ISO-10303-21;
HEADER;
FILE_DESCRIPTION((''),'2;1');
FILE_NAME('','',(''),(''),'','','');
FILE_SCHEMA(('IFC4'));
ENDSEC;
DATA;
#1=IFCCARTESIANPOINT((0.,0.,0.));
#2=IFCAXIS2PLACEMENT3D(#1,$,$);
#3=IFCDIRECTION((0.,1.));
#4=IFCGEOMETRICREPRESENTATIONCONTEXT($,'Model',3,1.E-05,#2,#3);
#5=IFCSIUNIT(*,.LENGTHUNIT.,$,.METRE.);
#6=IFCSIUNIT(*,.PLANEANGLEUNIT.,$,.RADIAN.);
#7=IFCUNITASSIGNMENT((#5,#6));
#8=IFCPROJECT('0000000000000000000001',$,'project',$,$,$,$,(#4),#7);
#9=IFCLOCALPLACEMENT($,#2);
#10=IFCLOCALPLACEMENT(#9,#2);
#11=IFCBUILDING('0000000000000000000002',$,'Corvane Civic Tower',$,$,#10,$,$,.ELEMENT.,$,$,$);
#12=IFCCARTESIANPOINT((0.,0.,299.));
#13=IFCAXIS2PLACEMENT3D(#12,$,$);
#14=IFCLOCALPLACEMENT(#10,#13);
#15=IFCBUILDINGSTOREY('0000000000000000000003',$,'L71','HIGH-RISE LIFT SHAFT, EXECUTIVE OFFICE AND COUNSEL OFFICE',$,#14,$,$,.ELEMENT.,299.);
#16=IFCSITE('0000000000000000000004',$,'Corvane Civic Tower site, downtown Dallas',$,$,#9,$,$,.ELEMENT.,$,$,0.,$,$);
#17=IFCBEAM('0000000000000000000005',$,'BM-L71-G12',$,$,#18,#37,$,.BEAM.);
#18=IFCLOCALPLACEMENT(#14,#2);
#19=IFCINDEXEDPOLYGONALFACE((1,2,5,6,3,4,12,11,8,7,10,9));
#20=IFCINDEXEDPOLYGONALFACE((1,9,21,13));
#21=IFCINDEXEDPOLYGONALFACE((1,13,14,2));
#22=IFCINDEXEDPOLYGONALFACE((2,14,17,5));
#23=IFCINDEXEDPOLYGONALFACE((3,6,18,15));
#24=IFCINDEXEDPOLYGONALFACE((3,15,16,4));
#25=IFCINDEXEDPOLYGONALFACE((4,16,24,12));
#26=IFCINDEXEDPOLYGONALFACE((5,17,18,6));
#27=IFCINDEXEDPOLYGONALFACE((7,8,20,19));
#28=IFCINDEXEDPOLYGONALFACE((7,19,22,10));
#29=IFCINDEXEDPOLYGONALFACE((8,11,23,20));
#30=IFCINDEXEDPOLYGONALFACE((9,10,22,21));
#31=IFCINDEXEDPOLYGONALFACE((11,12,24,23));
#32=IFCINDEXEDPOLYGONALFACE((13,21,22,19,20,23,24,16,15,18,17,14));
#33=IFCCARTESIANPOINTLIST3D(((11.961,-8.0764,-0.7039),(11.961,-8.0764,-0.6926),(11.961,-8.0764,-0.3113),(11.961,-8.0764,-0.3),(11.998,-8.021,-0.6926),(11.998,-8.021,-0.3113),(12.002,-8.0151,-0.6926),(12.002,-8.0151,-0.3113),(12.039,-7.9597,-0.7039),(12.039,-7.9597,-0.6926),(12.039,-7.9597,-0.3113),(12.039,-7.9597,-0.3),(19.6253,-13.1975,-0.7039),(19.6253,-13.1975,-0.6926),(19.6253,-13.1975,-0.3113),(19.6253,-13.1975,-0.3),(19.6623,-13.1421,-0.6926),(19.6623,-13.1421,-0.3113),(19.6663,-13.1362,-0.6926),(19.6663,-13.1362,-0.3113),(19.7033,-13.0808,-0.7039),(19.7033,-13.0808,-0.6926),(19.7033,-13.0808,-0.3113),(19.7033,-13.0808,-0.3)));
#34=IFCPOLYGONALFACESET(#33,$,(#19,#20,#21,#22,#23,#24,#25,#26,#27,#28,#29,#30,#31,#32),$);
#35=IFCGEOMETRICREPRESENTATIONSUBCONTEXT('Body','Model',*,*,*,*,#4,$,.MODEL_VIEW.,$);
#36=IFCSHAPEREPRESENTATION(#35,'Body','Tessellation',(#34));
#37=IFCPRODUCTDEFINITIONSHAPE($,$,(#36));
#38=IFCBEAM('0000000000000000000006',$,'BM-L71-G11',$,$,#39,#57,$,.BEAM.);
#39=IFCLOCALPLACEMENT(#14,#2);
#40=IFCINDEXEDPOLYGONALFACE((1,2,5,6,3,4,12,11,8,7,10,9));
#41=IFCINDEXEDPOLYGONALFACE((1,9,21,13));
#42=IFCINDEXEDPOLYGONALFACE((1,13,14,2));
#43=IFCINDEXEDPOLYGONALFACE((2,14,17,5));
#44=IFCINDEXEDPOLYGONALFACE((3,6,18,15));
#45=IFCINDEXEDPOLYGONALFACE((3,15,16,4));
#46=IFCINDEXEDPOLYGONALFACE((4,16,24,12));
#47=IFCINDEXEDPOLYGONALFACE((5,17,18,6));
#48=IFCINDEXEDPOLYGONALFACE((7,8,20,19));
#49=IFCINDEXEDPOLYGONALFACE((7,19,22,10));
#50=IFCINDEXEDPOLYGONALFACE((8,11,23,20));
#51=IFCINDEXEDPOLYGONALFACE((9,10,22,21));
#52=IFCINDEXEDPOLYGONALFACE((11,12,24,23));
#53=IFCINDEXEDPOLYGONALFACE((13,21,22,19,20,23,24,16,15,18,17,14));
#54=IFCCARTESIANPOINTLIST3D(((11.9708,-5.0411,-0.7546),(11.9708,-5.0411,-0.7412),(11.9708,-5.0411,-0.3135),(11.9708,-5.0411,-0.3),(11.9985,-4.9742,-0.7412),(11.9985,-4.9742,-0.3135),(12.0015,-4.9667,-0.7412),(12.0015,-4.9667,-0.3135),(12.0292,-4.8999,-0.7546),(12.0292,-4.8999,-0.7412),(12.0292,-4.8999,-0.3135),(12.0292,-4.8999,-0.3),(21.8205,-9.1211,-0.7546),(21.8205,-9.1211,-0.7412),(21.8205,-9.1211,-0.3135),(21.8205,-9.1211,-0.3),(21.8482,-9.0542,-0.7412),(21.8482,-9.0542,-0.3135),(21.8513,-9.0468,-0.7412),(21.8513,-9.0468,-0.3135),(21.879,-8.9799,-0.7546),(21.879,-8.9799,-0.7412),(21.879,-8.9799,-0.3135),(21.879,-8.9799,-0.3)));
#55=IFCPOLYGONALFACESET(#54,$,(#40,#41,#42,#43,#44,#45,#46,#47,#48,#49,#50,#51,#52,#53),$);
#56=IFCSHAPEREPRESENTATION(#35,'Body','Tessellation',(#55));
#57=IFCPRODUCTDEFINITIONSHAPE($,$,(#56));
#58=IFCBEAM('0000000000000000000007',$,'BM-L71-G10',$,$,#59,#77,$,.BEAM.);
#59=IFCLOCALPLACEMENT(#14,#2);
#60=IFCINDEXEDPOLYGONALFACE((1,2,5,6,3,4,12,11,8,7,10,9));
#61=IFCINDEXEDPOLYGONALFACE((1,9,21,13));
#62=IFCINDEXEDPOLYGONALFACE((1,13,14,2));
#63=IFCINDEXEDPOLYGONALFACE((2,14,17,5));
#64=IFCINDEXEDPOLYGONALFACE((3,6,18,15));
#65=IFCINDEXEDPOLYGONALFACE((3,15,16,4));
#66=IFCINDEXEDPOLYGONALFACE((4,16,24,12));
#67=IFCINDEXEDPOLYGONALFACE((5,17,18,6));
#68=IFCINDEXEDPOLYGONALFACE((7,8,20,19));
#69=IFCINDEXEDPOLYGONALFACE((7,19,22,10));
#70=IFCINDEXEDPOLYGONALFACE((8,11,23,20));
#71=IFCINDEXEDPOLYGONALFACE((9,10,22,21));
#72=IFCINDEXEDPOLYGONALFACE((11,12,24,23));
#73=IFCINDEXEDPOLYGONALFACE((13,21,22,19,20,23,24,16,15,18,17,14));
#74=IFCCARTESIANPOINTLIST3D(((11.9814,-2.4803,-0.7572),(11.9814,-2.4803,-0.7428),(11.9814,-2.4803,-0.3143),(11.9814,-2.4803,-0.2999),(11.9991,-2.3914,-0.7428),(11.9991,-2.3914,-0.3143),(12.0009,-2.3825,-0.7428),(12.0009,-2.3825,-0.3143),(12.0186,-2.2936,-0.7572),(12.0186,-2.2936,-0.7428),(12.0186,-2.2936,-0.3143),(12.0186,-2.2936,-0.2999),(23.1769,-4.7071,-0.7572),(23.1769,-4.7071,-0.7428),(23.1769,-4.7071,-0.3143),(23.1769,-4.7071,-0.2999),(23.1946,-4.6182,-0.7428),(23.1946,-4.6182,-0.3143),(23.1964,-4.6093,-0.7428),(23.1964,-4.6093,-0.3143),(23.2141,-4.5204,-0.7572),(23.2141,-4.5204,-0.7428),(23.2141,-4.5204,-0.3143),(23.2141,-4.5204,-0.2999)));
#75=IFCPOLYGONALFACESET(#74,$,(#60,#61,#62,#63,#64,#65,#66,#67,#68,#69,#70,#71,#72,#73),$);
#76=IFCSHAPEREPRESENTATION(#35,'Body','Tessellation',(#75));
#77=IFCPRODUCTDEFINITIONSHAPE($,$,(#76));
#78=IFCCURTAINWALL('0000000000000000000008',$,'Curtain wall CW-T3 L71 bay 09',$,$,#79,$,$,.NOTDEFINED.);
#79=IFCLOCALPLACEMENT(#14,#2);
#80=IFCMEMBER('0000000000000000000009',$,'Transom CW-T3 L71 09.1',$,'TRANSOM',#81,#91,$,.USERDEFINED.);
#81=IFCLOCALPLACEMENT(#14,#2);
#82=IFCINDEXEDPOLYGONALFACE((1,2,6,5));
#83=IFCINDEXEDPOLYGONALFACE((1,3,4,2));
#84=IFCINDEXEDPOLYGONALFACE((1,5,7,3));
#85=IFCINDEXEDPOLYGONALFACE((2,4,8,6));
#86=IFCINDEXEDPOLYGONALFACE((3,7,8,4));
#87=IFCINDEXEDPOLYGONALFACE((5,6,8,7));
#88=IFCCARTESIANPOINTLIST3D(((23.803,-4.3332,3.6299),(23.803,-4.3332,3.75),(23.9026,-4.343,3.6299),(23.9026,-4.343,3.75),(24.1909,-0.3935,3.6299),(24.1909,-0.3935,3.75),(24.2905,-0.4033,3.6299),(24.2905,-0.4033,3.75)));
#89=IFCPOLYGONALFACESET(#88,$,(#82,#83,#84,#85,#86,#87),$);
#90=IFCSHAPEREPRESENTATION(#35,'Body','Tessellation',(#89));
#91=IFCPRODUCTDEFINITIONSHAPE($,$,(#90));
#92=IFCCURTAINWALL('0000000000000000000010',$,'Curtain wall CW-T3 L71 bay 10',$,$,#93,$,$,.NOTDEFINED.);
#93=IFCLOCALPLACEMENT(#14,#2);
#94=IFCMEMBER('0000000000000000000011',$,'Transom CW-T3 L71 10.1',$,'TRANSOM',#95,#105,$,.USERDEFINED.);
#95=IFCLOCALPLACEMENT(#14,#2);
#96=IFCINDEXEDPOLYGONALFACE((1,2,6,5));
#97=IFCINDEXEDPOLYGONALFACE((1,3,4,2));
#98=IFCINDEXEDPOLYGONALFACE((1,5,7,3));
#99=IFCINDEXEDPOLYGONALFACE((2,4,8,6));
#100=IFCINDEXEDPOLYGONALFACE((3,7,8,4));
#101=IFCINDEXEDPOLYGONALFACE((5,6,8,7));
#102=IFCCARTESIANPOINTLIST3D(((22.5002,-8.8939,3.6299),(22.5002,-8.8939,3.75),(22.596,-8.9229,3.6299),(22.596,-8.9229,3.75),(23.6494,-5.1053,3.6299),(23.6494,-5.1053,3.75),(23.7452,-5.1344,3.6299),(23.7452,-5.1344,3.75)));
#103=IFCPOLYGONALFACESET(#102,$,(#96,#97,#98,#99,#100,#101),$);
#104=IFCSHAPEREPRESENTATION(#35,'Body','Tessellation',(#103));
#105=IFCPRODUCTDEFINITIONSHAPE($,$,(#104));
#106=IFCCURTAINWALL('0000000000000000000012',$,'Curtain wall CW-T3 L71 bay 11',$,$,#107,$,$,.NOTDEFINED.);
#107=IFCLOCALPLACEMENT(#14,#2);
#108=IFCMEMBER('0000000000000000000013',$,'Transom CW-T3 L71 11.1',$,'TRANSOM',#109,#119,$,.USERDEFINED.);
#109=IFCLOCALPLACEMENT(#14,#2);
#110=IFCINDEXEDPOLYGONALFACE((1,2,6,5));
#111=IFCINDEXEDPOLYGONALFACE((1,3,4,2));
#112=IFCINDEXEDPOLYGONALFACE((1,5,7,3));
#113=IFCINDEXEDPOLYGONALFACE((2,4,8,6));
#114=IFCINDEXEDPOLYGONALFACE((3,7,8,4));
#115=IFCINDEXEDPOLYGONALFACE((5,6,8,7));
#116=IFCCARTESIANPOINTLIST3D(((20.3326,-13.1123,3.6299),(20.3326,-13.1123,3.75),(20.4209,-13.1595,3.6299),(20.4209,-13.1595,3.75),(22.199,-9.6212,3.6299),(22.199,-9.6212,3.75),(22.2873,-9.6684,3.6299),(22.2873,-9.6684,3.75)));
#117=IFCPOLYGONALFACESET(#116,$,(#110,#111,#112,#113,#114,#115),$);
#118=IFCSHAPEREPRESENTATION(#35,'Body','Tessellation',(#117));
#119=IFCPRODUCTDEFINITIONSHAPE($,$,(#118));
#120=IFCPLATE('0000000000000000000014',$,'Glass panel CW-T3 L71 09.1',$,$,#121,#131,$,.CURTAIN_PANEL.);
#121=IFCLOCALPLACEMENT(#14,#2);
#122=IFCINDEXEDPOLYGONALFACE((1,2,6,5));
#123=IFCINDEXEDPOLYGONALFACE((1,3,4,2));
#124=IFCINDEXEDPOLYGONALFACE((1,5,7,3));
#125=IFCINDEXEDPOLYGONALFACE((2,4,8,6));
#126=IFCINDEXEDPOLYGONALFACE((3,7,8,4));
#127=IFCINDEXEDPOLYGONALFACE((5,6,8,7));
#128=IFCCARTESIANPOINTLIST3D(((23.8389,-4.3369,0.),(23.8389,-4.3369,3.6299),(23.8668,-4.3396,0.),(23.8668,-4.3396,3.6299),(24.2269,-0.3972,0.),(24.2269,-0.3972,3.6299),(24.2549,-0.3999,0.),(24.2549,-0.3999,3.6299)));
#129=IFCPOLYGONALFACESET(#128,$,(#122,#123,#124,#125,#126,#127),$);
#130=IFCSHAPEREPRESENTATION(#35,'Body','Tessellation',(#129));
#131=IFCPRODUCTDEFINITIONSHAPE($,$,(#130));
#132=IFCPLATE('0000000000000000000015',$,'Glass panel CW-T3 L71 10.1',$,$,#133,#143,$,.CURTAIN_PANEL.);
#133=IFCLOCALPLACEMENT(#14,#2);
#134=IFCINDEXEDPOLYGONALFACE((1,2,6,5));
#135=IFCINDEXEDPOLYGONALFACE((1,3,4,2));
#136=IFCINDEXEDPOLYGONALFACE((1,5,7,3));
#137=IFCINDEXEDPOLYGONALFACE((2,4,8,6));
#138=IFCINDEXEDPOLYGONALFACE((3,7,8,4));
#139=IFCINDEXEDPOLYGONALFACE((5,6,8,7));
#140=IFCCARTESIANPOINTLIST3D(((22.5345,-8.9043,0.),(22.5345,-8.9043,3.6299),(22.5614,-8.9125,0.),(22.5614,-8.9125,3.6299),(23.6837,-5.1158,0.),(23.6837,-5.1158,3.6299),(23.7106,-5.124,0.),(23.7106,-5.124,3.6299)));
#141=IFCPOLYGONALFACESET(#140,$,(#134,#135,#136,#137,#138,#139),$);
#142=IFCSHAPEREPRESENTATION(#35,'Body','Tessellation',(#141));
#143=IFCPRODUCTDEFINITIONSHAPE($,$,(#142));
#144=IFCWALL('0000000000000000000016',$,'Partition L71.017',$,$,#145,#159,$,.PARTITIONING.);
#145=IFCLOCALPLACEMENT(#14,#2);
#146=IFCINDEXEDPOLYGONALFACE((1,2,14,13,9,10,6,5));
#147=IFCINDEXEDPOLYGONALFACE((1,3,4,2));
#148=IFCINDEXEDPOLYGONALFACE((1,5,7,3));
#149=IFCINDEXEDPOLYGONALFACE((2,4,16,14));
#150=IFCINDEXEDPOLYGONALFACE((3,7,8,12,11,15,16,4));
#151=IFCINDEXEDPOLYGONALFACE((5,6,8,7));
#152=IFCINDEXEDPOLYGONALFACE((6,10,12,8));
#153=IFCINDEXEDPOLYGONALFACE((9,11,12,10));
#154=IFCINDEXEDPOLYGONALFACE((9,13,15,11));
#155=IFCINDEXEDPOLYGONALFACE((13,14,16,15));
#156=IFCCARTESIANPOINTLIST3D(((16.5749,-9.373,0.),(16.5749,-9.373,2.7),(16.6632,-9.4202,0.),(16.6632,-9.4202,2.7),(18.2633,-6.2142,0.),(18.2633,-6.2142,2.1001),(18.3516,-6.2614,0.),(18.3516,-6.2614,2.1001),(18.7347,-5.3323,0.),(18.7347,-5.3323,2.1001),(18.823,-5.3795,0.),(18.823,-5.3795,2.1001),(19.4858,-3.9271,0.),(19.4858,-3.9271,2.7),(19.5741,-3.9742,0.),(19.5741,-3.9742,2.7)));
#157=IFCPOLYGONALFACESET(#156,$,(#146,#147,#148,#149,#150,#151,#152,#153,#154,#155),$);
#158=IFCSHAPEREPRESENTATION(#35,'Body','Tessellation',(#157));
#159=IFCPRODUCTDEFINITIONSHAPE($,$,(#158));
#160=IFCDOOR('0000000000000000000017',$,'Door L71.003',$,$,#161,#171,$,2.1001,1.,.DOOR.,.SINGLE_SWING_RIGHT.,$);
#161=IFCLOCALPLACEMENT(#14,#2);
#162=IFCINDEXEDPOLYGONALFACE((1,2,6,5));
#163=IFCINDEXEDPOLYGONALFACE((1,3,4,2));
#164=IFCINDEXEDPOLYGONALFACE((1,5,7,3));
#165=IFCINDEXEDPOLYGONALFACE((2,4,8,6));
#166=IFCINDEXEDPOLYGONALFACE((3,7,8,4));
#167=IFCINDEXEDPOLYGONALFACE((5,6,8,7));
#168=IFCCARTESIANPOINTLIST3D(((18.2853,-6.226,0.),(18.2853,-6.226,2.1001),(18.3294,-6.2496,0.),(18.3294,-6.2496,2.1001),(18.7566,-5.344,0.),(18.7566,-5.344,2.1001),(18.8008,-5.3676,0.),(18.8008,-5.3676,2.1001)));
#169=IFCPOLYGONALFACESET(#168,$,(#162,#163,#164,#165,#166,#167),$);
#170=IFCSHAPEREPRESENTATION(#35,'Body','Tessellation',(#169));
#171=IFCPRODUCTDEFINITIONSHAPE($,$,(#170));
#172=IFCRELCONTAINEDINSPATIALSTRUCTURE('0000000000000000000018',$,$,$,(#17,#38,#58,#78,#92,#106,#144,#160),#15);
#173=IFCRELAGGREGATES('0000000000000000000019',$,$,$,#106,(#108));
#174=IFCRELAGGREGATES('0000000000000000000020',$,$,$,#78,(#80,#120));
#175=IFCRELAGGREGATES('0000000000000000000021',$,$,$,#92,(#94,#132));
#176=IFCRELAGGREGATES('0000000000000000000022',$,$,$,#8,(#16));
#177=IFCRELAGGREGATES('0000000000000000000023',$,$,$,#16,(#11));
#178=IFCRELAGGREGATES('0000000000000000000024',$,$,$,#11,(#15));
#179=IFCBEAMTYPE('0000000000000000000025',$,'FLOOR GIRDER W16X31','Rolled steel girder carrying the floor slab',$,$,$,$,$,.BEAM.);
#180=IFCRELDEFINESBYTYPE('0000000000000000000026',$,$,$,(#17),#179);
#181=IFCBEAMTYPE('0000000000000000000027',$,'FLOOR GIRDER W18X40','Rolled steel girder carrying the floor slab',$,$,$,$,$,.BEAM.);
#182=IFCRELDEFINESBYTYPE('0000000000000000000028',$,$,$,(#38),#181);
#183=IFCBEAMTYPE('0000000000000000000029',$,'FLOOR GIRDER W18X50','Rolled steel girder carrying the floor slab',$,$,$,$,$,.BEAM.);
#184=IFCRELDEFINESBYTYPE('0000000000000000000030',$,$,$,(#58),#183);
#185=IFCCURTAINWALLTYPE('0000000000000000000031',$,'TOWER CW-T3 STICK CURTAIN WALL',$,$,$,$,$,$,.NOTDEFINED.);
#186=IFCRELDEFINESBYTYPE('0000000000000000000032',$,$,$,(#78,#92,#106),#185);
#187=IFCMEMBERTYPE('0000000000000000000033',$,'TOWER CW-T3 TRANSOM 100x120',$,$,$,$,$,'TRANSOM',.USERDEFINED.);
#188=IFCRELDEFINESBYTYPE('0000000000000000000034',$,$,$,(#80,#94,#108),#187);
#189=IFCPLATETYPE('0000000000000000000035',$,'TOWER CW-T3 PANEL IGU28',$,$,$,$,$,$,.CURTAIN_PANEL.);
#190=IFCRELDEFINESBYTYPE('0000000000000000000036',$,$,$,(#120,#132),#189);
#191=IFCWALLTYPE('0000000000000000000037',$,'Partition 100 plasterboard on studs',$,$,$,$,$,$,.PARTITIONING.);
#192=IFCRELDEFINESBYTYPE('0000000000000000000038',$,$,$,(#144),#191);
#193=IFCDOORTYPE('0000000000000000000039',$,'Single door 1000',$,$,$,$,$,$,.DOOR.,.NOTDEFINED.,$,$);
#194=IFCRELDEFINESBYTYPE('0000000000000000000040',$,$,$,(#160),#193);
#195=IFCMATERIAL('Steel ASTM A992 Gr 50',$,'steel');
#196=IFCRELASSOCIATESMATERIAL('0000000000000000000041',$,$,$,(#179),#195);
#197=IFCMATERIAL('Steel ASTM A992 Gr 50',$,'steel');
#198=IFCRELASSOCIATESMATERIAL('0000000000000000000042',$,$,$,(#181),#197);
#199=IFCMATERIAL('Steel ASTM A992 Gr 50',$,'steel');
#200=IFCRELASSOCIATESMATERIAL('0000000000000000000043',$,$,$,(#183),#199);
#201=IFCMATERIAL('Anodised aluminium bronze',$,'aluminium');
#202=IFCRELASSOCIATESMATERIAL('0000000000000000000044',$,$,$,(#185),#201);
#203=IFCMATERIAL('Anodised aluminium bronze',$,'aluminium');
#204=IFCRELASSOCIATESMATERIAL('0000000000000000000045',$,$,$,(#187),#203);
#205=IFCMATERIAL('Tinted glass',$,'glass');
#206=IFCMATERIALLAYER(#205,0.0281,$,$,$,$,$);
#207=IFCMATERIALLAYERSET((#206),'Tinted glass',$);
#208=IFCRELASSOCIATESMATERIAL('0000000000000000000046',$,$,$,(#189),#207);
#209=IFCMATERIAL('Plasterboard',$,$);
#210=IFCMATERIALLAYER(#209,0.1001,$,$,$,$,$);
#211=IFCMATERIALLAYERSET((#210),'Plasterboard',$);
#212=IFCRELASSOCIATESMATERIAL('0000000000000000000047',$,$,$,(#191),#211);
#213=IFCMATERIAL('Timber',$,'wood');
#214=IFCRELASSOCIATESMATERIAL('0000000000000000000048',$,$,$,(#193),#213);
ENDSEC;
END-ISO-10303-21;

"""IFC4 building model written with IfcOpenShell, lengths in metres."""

from ifc_helpers import new_model, si_unit, direction, frame, frame_2d, origin, origin_2d, place, context, subcontext, project, spatial, rectangle, i_section, extrude, material, layer, layer_set, material_profile, profile_set, type_object, element, fill, aggregate, save


model = new_model("IFC4")

# Units and contexts
model_context = context("Model", 3, precision=1e-05, world=origin(), true_north=direction((0.0, 1.0)))
body_context = subcontext(model_context, "Body", "Model", "MODEL_VIEW")
ifc_project = project(units=[si_unit("LENGTHUNIT", "METRE"), si_unit("PLANEANGLEUNIT", "RADIAN")], contexts=[model_context])

# Site, building, storey
site_placement = place(None, origin())
site = spatial("IfcSite", under=ifc_project, at=site_placement, Name="Corvane Civic Tower site, downtown Dallas", CompositionType="ELEMENT", RefElevation=0.0)
building_placement = place(site_placement, origin())
building = spatial("IfcBuilding", under=site, at=building_placement, Name="Corvane Civic Tower", CompositionType="ELEMENT")
storey_placement = place(building_placement, frame((0.0, 0.0, 299.0)))
storey = spatial("IfcBuildingStorey", under=building, at=storey_placement, Name="L71", Description="HIGH-RISE LIFT SHAFT, EXECUTIVE OFFICE AND COUNSEL OFFICE", CompositionType="ELEMENT", Elevation=299.0)

# Beams
ifc_material_1 = material(Name="Steel ASTM A992 Gr 50", Category="steel")
ifc_material_profile_1 = material_profile(ifc_material_1, i_section(OverallWidth=0.1404, OverallDepth=0.4038, WebThickness=0.0071, FlangeThickness=0.0112, at=origin_2d()), Name="W16X31")
ifc_profile_set_1 = profile_set([ifc_material_profile_1], Name="Steel ASTM A992 Gr 50")
beam_type_1 = type_object("IfcBeamType", Name="FLOOR GIRDER W16X31", Description="Rolled steel girder carrying the floor slab", PredefinedType="BEAM", material=ifc_profile_set_1)
beam_1_placement = place(storey_placement, frame((12.0, -8.0181, -0.502), z_axis=(0.831471, -0.555568, 0.0), x_axis=(0.555568, 0.831471, 0.0)))
element("IfcBeam", 1, at=beam_1_placement, inside=storey, type_object=beam_type_1, Name="BM-L71-G12", PredefinedType="BEAM", context=body_context, shape_type="SweptSolid", body=[
    extrude(i_section(OverallWidth=0.1404, OverallDepth=0.4038, WebThickness=0.0071, FlangeThickness=0.0112, at=origin_2d()), origin(), (0.0, 0.0, 1.0), 9.2178),
])
ifc_material_2 = material(Name="Steel ASTM A992 Gr 50", Category="steel")
ifc_material_profile_2 = material_profile(ifc_material_2, i_section(OverallWidth=0.1528, OverallDepth=0.4546, WebThickness=0.0081, FlangeThickness=0.0134, at=origin_2d()), Name="W18X40")
ifc_profile_set_2 = profile_set([ifc_material_profile_2], Name="Steel ASTM A992 Gr 50")
beam_type_2 = type_object("IfcBeamType", Name="FLOOR GIRDER W18X40", Description="Rolled steel girder carrying the floor slab", PredefinedType="BEAM", material=ifc_profile_set_2)
beam_2_placement = place(storey_placement, frame((12.0, -4.9705, -0.5273), z_axis=(0.923875, -0.382694, 0.0), x_axis=(0.382694, 0.923875, 0.0)))
element("IfcBeam", 2, at=beam_2_placement, inside=storey, type_object=beam_type_2, Name="BM-L71-G11", PredefinedType="BEAM", context=body_context, shape_type="SweptSolid", body=[
    extrude(i_section(OverallWidth=0.1528, OverallDepth=0.4546, WebThickness=0.0081, FlangeThickness=0.0134, at=origin_2d()), origin(), (0.0, 0.0, 1.0), 10.6614),
])
ifc_material_3 = material(Name="Steel ASTM A992 Gr 50", Category="steel")
ifc_material_profile_3 = material_profile(ifc_material_3, i_section(OverallWidth=0.1904, OverallDepth=0.4573, WebThickness=0.009, FlangeThickness=0.0144, at=origin_2d()), Name="W18X50")
ifc_profile_set_3 = profile_set([ifc_material_profile_3], Name="Steel ASTM A992 Gr 50")
beam_type_3 = type_object("IfcBeamType", Name="FLOOR GIRDER W18X50", Description="Rolled steel girder carrying the floor slab", PredefinedType="BEAM", material=ifc_profile_set_3)
beam_3_placement = place(storey_placement, frame((12.0, -2.387, -0.5286), z_axis=(0.980787, -0.19508, 0.0), x_axis=(0.19508, 0.980787, 0.0)))
element("IfcBeam", 3, at=beam_3_placement, inside=storey, type_object=beam_type_3, Name="BM-L71-G10", PredefinedType="BEAM", context=body_context, shape_type="SweptSolid", body=[
    extrude(i_section(OverallWidth=0.1904, OverallDepth=0.4573, WebThickness=0.009, FlangeThickness=0.0144, at=origin_2d()), origin(), (0.0, 0.0, 1.0), 11.4148),
])

# Curtain walls, members
ifc_material_4 = material(Name="Anodised aluminium bronze", Category="aluminium")
curtain_wall_type = type_object("IfcCurtainWallType", Name="TOWER CW-T3 STICK CURTAIN WALL", PredefinedType="NOTDEFINED", material=ifc_material_4)
curtain_wall_1_placement = place(storey_placement, origin())
curtain_wall_1 = element("IfcCurtainWall", 4, at=curtain_wall_1_placement, inside=storey, type_object=curtain_wall_type, Name="Curtain wall CW-T3 L71 bay 09", PredefinedType="NOTDEFINED")
ifc_material_5 = material(Name="Anodised aluminium bronze", Category="aluminium")
ifc_material_profile_4 = material_profile(ifc_material_5, rectangle(XDim=0.1001, YDim=0.1201, at=origin_2d()), Name="TOWER CW-T3 TRANSOM 100x120")
ifc_profile_set_4 = profile_set([ifc_material_profile_4], Name="Anodised aluminium bronze")
member_type = type_object("IfcMemberType", Name="TOWER CW-T3 TRANSOM 100x120", ElementType="TRANSOM", PredefinedType="USERDEFINED", material=ifc_profile_set_4)
member_1_placement = place(storey_placement, frame((24.2407, -0.3984, 3.6899), z_axis=(-0.097995, -0.995187, 0.0), x_axis=(0.995187, -0.097995, 0.0)))
member_1 = element("IfcMember", 5, at=member_1_placement, type_object=member_type, Name="Transom CW-T3 L71 09.1", ObjectType="TRANSOM", PredefinedType="USERDEFINED", context=body_context, shape_type="SweptSolid", body=[
    extrude(rectangle(XDim=0.1001, YDim=0.1201, at=origin_2d()), origin(), (0.0, 0.0, 1.0), 3.9587),
])
curtain_wall_2_placement = place(storey_placement, origin())
curtain_wall_2 = element("IfcCurtainWall", 6, at=curtain_wall_2_placement, inside=storey, type_object=curtain_wall_type, Name="Curtain wall CW-T3 L71 bay 10", PredefinedType="NOTDEFINED")
member_2_placement = place(storey_placement, frame((23.6973, -5.1199, 3.6899), z_axis=(-0.290266, -0.956946, 0.0), x_axis=(0.956946, -0.290266, 0.0)))
member_2 = element("IfcMember", 7, at=member_2_placement, type_object=member_type, Name="Transom CW-T3 L71 10.1", ObjectType="TRANSOM", PredefinedType="USERDEFINED", context=body_context, shape_type="SweptSolid", body=[
    extrude(rectangle(XDim=0.1001, YDim=0.1201, at=origin_2d()), origin(), (0.0, 0.0, 1.0), 3.959),
])
curtain_wall_3_placement = place(storey_placement, origin())
curtain_wall_3 = element("IfcCurtainWall", 8, at=curtain_wall_3_placement, inside=storey, type_object=curtain_wall_type, Name="Curtain wall CW-T3 L71 bay 11", PredefinedType="NOTDEFINED")
member_3_placement = place(storey_placement, frame((22.2432, -9.6448, 3.6899), z_axis=(-0.471468, -0.881883, 0.0), x_axis=(0.881883, -0.471468, 0.0)))
member_3 = element("IfcMember", 9, at=member_3_placement, type_object=member_type, Name="Transom CW-T3 L71 11.1", ObjectType="TRANSOM", PredefinedType="USERDEFINED", context=body_context, shape_type="SweptSolid", body=[
    extrude(rectangle(XDim=0.1001, YDim=0.1201, at=origin_2d()), origin(), (0.0, 0.0, 1.0), 3.9587),
])
aggregate(curtain_wall_3, [member_3])

# Plates
ifc_material_6 = material(Name="Tinted glass", Category="glass")
ifc_layer_1 = layer(ifc_material_6, 0.0281)
ifc_layer_set_1 = layer_set([ifc_layer_1], Name="Tinted glass")
plate_type = type_object("IfcPlateType", Name="TOWER CW-T3 PANEL IGU28", PredefinedType="CURTAIN_PANEL", material=ifc_layer_set_1)
plate_1_placement = place(storey_placement, frame((24.0469, -2.3684, 0.0), z_axis=(0.0, 0.0, 1.0), x_axis=(-0.098021, -0.995184, 0.0)))
plate_1 = element("IfcPlate", 10, at=plate_1_placement, type_object=plate_type, Name="Glass panel CW-T3 L71 09.1", PredefinedType="CURTAIN_PANEL", context=body_context, shape_type="SweptSolid", body=[
    extrude(rectangle(XDim=3.9587, YDim=0.0281, at=origin_2d()), origin(), (0.0, 0.0, 1.0), 3.6299),
])
aggregate(curtain_wall_1, [member_1, plate_1])
plate_2_placement = place(storey_placement, frame((23.1226, -7.0142, 0.0), z_axis=(0.0, 0.0, 1.0), x_axis=(-0.290274, -0.956944, 0.0)))
plate_2 = element("IfcPlate", 11, at=plate_2_placement, type_object=plate_type, Name="Glass panel CW-T3 L71 10.1", PredefinedType="CURTAIN_PANEL", context=body_context, shape_type="SweptSolid", body=[
    extrude(rectangle(XDim=3.959, YDim=0.0281, at=origin_2d()), origin(), (0.0, 0.0, 1.0), 3.6299),
])
aggregate(curtain_wall_2, [member_2, plate_2])

# Wall, opening, door
ifc_material_7 = material(Name="Plasterboard")
ifc_layer_2 = layer(ifc_material_7, 0.1001)
ifc_layer_set_2 = layer_set([ifc_layer_2], Name="Plasterboard")
wall_type = type_object("IfcWallType", Name="Partition 100 plasterboard on studs", PredefinedType="PARTITIONING", material=ifc_layer_set_2)
wall_1_placement = place(storey_placement, frame((16.6191, -9.3965, 0.0), z_axis=(0.0, 0.0, 1.0), x_axis=(0.471386, 0.881927, 0.0)))
wall_1 = element("IfcWall", 12, at=wall_1_placement, inside=storey, type_object=wall_type, Name="Partition L71.017", PredefinedType="PARTITIONING", context=body_context, shape_type="SweptSolid", body=[
    extrude(rectangle(XDim=6.175, YDim=0.1001, at=frame_2d((3.0874, 0.0))), origin(), (0.0, 0.0, 1.0), 2.7),
])
opening_placement = place(wall_1_placement, frame((3.5815, 0.0, 0.0)))
opening = element("IfcOpeningElement", 13, at=opening_placement, cuts=wall_1, PredefinedType="OPENING", context=body_context, shape_type="SweptSolid", body=[
    extrude(rectangle(XDim=1.0, YDim=2.1001, at=frame_2d((0.5, 1.05))), frame((0.0, 0.0601, 0.0), z_axis=(0.0, -1.0, 0.0), x_axis=(1.0, 0.0, 0.0)), (0.0, 0.0, 1.0), 0.1201),
])
ifc_material_8 = material(Name="Timber", Category="wood")
door_type = type_object("IfcDoorType", Name="Single door 1000", OperationType="NOTDEFINED", PredefinedType="DOOR", material=ifc_material_8)
door_placement = place(opening_placement, frame((1.0, 0.0, 0.0), z_axis=(0.0, 0.0, 1.0), x_axis=(-1.0, 0.0, 0.0)))
door = element("IfcDoor", 14, at=door_placement, inside=storey, type_object=door_type, Name="Door L71.003", OperationType="SINGLE_SWING_RIGHT", OverallHeight=2.1001, OverallWidth=1.0, PredefinedType="DOOR", context=body_context, shape_type="SweptSolid", body=[
    extrude(rectangle(XDim=1.0, YDim=2.1001, at=frame_2d((0.5, 1.05))), frame((0.0, 0.0249, 0.0), z_axis=(0.0, -1.0, 0.0), x_axis=(1.0, 0.0, 0.0)), (0.0, 0.0, 1.0), 0.05),
])
fill(opening, door)

save(model, "model.ifc")
